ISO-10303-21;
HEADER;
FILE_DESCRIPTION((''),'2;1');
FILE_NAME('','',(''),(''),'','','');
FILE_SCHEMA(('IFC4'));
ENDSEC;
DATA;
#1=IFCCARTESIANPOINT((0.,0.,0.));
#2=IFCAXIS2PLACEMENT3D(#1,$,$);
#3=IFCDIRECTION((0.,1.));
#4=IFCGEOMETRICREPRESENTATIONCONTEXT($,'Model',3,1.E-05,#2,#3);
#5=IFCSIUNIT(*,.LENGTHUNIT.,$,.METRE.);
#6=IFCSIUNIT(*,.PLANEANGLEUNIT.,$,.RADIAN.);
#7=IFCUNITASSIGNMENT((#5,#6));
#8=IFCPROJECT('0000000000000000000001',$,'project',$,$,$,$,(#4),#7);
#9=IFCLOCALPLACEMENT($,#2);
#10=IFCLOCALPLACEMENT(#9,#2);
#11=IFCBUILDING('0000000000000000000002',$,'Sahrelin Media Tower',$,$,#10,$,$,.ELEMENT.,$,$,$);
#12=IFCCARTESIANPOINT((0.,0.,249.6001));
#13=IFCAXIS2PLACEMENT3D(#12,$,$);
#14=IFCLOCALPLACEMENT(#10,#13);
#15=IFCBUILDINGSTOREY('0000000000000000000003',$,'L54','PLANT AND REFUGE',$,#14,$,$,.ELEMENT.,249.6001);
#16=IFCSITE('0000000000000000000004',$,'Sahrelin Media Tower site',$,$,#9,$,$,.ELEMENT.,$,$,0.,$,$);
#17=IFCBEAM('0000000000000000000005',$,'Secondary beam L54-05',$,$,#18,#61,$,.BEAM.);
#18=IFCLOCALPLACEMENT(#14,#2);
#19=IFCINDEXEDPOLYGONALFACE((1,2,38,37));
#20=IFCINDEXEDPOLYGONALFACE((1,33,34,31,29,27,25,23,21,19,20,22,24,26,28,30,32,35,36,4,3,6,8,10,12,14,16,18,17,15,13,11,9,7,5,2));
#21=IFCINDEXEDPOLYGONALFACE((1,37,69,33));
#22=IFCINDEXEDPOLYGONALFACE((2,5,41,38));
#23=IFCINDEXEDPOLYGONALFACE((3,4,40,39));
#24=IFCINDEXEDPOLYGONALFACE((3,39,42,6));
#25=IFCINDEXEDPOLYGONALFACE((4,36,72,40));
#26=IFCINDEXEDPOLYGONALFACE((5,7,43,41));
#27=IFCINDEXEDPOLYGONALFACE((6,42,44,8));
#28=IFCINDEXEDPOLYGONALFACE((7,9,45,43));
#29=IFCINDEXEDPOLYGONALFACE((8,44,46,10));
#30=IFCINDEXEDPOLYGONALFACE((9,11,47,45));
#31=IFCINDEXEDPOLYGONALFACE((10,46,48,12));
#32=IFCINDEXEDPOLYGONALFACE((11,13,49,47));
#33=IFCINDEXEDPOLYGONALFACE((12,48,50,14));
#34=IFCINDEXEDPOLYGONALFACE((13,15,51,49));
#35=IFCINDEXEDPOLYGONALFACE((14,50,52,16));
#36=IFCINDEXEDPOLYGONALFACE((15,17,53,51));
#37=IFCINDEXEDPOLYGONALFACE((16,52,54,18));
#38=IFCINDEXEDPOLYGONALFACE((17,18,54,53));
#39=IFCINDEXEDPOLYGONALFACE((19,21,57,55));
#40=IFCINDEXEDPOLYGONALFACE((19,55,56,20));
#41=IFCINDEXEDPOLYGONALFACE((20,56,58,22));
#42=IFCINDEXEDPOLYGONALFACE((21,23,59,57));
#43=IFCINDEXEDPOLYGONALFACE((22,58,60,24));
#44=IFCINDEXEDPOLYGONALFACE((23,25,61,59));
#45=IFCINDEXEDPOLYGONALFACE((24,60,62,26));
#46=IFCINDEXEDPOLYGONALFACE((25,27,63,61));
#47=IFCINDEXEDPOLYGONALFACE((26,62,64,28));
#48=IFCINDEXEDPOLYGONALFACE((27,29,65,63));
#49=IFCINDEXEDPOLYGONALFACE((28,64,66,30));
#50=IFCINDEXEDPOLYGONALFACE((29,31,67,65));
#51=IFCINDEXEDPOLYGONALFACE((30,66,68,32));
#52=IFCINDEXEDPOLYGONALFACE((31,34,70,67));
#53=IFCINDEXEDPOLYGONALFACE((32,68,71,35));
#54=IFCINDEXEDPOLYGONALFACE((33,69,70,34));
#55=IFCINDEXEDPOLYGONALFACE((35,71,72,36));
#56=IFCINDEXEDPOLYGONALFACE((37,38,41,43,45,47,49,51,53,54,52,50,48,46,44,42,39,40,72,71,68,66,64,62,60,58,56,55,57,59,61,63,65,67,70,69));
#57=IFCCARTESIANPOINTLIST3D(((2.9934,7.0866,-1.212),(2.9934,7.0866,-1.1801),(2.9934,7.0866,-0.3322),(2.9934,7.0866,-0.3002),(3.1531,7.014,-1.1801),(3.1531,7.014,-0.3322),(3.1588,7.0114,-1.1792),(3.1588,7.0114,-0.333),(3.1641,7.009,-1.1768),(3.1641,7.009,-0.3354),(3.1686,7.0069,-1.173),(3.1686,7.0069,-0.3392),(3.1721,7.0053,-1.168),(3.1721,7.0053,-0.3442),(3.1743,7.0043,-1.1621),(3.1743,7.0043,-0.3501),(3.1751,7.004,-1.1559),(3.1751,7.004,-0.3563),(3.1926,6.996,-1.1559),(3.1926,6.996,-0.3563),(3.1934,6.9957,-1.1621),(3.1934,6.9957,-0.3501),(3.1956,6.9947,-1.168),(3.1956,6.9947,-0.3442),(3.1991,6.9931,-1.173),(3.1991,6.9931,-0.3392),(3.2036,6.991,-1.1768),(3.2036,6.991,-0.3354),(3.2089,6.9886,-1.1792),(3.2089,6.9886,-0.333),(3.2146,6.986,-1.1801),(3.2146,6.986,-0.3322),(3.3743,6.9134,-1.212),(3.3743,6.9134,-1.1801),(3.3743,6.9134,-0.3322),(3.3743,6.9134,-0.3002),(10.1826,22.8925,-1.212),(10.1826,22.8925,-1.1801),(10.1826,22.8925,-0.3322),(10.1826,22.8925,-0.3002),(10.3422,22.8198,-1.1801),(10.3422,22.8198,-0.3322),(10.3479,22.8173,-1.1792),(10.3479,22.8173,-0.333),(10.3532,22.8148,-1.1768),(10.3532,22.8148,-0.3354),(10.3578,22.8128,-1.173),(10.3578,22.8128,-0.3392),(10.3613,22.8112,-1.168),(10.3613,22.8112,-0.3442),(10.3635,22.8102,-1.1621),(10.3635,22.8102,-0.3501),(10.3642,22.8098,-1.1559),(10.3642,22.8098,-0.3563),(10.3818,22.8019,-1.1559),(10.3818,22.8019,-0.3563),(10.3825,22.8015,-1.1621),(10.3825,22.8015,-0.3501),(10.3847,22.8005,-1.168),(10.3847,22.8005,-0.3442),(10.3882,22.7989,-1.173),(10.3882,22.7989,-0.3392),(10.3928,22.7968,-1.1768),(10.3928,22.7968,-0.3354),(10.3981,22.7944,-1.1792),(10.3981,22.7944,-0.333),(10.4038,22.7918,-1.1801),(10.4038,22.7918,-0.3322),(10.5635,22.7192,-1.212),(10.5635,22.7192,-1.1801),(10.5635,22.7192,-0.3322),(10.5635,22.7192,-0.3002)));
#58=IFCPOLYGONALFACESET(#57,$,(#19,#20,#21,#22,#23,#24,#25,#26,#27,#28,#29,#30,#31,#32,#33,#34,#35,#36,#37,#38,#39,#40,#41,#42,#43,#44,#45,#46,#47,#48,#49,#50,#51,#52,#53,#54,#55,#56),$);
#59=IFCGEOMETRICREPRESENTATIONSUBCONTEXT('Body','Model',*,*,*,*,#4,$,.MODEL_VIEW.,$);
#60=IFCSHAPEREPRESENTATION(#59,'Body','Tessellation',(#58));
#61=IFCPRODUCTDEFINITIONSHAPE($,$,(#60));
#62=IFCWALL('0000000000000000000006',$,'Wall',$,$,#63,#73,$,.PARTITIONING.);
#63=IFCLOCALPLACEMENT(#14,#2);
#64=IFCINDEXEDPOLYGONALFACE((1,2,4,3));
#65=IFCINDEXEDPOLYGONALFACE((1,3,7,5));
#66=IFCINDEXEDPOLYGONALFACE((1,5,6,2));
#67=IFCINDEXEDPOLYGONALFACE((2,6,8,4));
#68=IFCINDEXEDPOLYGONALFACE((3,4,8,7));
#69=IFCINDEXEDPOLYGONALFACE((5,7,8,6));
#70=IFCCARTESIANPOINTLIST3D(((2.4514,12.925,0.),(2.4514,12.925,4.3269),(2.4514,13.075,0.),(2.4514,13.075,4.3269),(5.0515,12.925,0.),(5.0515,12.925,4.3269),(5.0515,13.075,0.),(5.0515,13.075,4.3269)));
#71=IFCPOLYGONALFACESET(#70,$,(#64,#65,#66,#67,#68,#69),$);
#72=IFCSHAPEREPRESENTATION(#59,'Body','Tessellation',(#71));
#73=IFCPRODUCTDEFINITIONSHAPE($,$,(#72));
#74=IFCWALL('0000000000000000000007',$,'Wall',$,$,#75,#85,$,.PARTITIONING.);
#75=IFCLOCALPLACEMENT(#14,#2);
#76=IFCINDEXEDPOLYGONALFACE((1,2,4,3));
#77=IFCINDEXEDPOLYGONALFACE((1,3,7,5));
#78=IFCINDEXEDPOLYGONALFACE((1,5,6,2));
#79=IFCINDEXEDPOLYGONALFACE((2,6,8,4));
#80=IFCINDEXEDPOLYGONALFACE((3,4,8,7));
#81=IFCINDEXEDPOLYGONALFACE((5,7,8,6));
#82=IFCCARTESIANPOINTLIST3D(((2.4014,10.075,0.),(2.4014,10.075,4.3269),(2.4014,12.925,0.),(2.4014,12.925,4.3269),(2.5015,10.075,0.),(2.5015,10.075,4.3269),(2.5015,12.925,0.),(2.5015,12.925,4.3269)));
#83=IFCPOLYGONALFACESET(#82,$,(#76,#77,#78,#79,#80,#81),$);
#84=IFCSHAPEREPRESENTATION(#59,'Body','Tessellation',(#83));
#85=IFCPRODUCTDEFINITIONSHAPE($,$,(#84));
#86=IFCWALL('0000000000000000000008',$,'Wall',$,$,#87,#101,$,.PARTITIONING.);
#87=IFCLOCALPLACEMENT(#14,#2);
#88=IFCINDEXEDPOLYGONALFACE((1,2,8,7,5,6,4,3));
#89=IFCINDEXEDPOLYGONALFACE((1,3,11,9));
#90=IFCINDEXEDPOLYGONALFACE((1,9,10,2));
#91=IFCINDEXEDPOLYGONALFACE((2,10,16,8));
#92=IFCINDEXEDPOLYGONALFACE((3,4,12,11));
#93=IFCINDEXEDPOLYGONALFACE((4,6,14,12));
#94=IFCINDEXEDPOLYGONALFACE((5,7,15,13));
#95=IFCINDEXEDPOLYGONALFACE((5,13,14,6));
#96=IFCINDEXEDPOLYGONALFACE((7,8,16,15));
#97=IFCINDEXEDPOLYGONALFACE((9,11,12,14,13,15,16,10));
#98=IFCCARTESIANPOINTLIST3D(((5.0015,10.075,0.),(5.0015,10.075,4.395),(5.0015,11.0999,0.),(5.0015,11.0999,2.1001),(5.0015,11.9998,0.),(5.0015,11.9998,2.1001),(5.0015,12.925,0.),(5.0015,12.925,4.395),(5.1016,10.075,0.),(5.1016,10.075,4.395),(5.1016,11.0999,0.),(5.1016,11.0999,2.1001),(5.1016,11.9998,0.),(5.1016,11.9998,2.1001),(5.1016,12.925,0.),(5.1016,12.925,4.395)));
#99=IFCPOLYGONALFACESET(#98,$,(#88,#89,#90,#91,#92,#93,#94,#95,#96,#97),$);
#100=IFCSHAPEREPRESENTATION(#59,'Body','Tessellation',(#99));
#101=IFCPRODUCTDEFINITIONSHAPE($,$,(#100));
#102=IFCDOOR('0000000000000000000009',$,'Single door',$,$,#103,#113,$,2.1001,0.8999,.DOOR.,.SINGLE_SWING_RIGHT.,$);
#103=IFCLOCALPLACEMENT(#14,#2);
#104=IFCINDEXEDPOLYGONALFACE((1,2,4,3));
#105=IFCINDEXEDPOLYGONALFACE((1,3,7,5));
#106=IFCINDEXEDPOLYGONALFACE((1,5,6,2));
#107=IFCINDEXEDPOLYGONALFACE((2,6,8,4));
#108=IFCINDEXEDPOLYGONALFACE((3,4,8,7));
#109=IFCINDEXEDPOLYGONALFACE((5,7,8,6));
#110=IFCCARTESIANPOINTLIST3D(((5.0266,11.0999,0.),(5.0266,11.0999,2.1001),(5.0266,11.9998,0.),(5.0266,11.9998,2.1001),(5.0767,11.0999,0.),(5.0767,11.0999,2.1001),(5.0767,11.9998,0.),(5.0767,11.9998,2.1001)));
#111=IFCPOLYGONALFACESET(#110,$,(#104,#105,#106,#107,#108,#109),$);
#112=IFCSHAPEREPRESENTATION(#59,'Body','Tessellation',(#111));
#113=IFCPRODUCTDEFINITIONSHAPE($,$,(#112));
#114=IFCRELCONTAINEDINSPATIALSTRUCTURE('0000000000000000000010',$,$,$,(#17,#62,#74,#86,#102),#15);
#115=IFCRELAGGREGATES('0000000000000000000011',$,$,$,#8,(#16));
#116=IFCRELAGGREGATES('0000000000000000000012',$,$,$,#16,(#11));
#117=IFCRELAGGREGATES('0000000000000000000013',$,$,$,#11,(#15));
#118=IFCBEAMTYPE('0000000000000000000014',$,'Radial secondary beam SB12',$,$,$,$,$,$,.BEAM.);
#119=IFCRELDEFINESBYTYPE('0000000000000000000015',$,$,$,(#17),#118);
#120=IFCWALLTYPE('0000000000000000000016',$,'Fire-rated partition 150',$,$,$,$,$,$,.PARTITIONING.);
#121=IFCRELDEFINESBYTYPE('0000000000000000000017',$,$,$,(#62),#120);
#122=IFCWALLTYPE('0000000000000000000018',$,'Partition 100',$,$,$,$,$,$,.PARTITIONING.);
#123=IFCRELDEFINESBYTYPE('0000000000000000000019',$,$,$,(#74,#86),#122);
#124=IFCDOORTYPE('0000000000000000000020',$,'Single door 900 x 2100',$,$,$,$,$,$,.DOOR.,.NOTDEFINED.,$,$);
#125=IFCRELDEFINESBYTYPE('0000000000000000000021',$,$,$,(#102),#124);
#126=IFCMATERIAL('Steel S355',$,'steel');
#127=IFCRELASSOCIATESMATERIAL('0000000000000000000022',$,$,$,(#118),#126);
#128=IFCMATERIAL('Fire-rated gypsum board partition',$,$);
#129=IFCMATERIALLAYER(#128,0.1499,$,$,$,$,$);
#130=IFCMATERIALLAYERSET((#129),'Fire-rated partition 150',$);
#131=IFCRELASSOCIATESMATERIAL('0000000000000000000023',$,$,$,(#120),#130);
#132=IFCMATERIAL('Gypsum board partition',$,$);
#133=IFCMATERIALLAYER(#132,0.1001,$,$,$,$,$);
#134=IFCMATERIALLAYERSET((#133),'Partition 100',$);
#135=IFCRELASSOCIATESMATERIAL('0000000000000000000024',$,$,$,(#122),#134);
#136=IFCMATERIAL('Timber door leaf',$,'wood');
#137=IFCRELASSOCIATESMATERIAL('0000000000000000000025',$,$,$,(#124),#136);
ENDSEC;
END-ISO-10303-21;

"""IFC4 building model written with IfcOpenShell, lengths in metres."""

from ifc_helpers import new_model, si_unit, direction, frame, frame_2d, origin, origin_2d, place, context, subcontext, project, spatial, rectangle, i_section, extrude, material, layer, layer_set, material_profile, profile_set, type_object, element, fill, save


model = new_model("IFC4")

# Units and contexts
model_context = context("Model", 3, precision=1e-05, world=origin(), true_north=direction((0.0, 1.0)))
body_context = subcontext(model_context, "Body", "Model", "MODEL_VIEW")
ifc_project = project(units=[si_unit("LENGTHUNIT", "METRE"), si_unit("PLANEANGLEUNIT", "RADIAN")], contexts=[model_context])

# Site, building, storey
site_placement = place(None, origin())
site = spatial("IfcSite", under=ifc_project, at=site_placement, Name="Sahrelin Media Tower site", CompositionType="ELEMENT", RefElevation=0.0)
building_placement = place(site_placement, origin())
building = spatial("IfcBuilding", under=site, at=building_placement, Name="Sahrelin Media Tower", CompositionType="ELEMENT")
storey_placement = place(building_placement, frame((0.0, 0.0, 249.6001)))
storey = spatial("IfcBuildingStorey", under=building, at=storey_placement, Name="L54", Description="PLANT AND REFUGE", CompositionType="ELEMENT", Elevation=249.6001)

# Beam
ifc_material_1 = material(Name="Steel S355", Category="steel")
ifc_material_profile_1 = material_profile(ifc_material_1, i_section(OverallWidth=0.4185, OverallDepth=0.9119, WebThickness=0.0193, FlangeThickness=0.032, FilletRadius=0.0242, at=origin_2d()), Name="UB 914x419x343")
ifc_profile_set_1 = profile_set([ifc_material_profile_1], Name="Steel S355")
beam_type_1 = type_object("IfcBeamType", Name="Radial secondary beam SB12", PredefinedType="BEAM", material=ifc_profile_set_1)
beam_1_placement = place(storey_placement, frame((3.1838, 7.0, -0.7561), z_axis=(0.414028, 0.910264, 0.0), x_axis=(-0.910264, 0.414028, 0.0)))
element("IfcBeam", 1, at=beam_1_placement, inside=storey, type_object=beam_type_1, Name="Secondary beam L54-05", PredefinedType="BEAM", context=body_context, shape_type="SweptSolid", body=[
    extrude(i_section(OverallWidth=0.4185, OverallDepth=0.9119, WebThickness=0.0193, FlangeThickness=0.032, FilletRadius=0.0242, at=origin_2d()), origin(), (0.0, 0.0, 1.0), 17.364),
])

# Walls
ifc_material_2 = material(Name="Fire-rated gypsum board partition")
ifc_layer_1 = layer(ifc_material_2, 0.1499)
ifc_layer_set_1 = layer_set([ifc_layer_1], Name="Fire-rated partition 150")
wall_type_1 = type_object("IfcWallType", Name="Fire-rated partition 150", PredefinedType="PARTITIONING", material=ifc_layer_set_1)
wall_1_placement = place(storey_placement, frame((2.4514, 13.0, 0.0), z_axis=(0.0, 0.0, 1.0), x_axis=(1.0, 0.0, 0.0)))
element("IfcWall", 2, at=wall_1_placement, inside=storey, type_object=wall_type_1, Name="Wall", PredefinedType="PARTITIONING", context=body_context, shape_type="SweptSolid", body=[
    extrude(rectangle(XDim=2.6001, YDim=0.1499, at=frame_2d((1.3, 0.0))), origin(), (0.0, 0.0, 1.0), 4.3269),
])
ifc_material_3 = material(Name="Gypsum board partition")
ifc_layer_2 = layer(ifc_material_3, 0.1001)
ifc_layer_set_2 = layer_set([ifc_layer_2], Name="Partition 100")
wall_type_2 = type_object("IfcWallType", Name="Partition 100", PredefinedType="PARTITIONING", material=ifc_layer_set_2)
wall_2_placement = place(storey_placement, frame((2.4514, 10.075, 0.0), z_axis=(0.0, 0.0, 1.0), x_axis=(0.0, 1.0, 0.0)))
element("IfcWall", 3, at=wall_2_placement, inside=storey, type_object=wall_type_2, Name="Wall", PredefinedType="PARTITIONING", context=body_context, shape_type="SweptSolid", body=[
    extrude(rectangle(XDim=2.8501, YDim=0.1001, at=frame_2d((1.425, 0.0))), origin(), (0.0, 0.0, 1.0), 4.3269),
])

# Wall, opening, door
wall_3_placement = place(storey_placement, frame((5.0515, 10.075, 0.0), z_axis=(0.0, 0.0, 1.0), x_axis=(0.0, 1.0, 0.0)))
wall_3 = element("IfcWall", 4, at=wall_3_placement, inside=storey, type_object=wall_type_2, Name="Wall", PredefinedType="PARTITIONING", context=body_context, shape_type="SweptSolid", body=[
    extrude(rectangle(XDim=2.8501, YDim=0.1001, at=frame_2d((1.425, 0.0))), origin(), (0.0, 0.0, 1.0), 4.395),
])
opening_placement = place(wall_3_placement, frame((1.0249, 0.0, 0.0)))
opening = element("IfcOpeningElement", 5, at=opening_placement, cuts=wall_3, PredefinedType="OPENING", context=body_context, shape_type="SweptSolid", body=[
    extrude(rectangle(XDim=0.8999, YDim=2.1001, at=frame_2d((0.45, 1.05))), frame((0.0, 0.05, 0.0), z_axis=(0.0, -1.0, 0.0), x_axis=(1.0, 0.0, 0.0)), (0.0, 0.0, 1.0), 0.1001),
])
ifc_material_4 = material(Name="Timber door leaf", Category="wood")
door_type = type_object("IfcDoorType", Name="Single door 900 x 2100", OperationType="NOTDEFINED", PredefinedType="DOOR", material=ifc_material_4)
door_placement = place(opening_placement, origin())
door = element("IfcDoor", 6, at=door_placement, inside=storey, type_object=door_type, Name="Single door", OperationType="SINGLE_SWING_RIGHT", OverallHeight=2.1001, OverallWidth=0.8999, PredefinedType="DOOR", context=body_context, shape_type="SweptSolid", body=[
    extrude(rectangle(XDim=0.8999, YDim=2.1001, at=frame_2d((0.45, 1.05))), frame((0.0, 0.0249, 0.0), z_axis=(0.0, -1.0, 0.0), x_axis=(1.0, 0.0, 0.0)), (0.0, 0.0, 1.0), 0.05),
])
fill(opening, door)

save(model, "model.ifc")
